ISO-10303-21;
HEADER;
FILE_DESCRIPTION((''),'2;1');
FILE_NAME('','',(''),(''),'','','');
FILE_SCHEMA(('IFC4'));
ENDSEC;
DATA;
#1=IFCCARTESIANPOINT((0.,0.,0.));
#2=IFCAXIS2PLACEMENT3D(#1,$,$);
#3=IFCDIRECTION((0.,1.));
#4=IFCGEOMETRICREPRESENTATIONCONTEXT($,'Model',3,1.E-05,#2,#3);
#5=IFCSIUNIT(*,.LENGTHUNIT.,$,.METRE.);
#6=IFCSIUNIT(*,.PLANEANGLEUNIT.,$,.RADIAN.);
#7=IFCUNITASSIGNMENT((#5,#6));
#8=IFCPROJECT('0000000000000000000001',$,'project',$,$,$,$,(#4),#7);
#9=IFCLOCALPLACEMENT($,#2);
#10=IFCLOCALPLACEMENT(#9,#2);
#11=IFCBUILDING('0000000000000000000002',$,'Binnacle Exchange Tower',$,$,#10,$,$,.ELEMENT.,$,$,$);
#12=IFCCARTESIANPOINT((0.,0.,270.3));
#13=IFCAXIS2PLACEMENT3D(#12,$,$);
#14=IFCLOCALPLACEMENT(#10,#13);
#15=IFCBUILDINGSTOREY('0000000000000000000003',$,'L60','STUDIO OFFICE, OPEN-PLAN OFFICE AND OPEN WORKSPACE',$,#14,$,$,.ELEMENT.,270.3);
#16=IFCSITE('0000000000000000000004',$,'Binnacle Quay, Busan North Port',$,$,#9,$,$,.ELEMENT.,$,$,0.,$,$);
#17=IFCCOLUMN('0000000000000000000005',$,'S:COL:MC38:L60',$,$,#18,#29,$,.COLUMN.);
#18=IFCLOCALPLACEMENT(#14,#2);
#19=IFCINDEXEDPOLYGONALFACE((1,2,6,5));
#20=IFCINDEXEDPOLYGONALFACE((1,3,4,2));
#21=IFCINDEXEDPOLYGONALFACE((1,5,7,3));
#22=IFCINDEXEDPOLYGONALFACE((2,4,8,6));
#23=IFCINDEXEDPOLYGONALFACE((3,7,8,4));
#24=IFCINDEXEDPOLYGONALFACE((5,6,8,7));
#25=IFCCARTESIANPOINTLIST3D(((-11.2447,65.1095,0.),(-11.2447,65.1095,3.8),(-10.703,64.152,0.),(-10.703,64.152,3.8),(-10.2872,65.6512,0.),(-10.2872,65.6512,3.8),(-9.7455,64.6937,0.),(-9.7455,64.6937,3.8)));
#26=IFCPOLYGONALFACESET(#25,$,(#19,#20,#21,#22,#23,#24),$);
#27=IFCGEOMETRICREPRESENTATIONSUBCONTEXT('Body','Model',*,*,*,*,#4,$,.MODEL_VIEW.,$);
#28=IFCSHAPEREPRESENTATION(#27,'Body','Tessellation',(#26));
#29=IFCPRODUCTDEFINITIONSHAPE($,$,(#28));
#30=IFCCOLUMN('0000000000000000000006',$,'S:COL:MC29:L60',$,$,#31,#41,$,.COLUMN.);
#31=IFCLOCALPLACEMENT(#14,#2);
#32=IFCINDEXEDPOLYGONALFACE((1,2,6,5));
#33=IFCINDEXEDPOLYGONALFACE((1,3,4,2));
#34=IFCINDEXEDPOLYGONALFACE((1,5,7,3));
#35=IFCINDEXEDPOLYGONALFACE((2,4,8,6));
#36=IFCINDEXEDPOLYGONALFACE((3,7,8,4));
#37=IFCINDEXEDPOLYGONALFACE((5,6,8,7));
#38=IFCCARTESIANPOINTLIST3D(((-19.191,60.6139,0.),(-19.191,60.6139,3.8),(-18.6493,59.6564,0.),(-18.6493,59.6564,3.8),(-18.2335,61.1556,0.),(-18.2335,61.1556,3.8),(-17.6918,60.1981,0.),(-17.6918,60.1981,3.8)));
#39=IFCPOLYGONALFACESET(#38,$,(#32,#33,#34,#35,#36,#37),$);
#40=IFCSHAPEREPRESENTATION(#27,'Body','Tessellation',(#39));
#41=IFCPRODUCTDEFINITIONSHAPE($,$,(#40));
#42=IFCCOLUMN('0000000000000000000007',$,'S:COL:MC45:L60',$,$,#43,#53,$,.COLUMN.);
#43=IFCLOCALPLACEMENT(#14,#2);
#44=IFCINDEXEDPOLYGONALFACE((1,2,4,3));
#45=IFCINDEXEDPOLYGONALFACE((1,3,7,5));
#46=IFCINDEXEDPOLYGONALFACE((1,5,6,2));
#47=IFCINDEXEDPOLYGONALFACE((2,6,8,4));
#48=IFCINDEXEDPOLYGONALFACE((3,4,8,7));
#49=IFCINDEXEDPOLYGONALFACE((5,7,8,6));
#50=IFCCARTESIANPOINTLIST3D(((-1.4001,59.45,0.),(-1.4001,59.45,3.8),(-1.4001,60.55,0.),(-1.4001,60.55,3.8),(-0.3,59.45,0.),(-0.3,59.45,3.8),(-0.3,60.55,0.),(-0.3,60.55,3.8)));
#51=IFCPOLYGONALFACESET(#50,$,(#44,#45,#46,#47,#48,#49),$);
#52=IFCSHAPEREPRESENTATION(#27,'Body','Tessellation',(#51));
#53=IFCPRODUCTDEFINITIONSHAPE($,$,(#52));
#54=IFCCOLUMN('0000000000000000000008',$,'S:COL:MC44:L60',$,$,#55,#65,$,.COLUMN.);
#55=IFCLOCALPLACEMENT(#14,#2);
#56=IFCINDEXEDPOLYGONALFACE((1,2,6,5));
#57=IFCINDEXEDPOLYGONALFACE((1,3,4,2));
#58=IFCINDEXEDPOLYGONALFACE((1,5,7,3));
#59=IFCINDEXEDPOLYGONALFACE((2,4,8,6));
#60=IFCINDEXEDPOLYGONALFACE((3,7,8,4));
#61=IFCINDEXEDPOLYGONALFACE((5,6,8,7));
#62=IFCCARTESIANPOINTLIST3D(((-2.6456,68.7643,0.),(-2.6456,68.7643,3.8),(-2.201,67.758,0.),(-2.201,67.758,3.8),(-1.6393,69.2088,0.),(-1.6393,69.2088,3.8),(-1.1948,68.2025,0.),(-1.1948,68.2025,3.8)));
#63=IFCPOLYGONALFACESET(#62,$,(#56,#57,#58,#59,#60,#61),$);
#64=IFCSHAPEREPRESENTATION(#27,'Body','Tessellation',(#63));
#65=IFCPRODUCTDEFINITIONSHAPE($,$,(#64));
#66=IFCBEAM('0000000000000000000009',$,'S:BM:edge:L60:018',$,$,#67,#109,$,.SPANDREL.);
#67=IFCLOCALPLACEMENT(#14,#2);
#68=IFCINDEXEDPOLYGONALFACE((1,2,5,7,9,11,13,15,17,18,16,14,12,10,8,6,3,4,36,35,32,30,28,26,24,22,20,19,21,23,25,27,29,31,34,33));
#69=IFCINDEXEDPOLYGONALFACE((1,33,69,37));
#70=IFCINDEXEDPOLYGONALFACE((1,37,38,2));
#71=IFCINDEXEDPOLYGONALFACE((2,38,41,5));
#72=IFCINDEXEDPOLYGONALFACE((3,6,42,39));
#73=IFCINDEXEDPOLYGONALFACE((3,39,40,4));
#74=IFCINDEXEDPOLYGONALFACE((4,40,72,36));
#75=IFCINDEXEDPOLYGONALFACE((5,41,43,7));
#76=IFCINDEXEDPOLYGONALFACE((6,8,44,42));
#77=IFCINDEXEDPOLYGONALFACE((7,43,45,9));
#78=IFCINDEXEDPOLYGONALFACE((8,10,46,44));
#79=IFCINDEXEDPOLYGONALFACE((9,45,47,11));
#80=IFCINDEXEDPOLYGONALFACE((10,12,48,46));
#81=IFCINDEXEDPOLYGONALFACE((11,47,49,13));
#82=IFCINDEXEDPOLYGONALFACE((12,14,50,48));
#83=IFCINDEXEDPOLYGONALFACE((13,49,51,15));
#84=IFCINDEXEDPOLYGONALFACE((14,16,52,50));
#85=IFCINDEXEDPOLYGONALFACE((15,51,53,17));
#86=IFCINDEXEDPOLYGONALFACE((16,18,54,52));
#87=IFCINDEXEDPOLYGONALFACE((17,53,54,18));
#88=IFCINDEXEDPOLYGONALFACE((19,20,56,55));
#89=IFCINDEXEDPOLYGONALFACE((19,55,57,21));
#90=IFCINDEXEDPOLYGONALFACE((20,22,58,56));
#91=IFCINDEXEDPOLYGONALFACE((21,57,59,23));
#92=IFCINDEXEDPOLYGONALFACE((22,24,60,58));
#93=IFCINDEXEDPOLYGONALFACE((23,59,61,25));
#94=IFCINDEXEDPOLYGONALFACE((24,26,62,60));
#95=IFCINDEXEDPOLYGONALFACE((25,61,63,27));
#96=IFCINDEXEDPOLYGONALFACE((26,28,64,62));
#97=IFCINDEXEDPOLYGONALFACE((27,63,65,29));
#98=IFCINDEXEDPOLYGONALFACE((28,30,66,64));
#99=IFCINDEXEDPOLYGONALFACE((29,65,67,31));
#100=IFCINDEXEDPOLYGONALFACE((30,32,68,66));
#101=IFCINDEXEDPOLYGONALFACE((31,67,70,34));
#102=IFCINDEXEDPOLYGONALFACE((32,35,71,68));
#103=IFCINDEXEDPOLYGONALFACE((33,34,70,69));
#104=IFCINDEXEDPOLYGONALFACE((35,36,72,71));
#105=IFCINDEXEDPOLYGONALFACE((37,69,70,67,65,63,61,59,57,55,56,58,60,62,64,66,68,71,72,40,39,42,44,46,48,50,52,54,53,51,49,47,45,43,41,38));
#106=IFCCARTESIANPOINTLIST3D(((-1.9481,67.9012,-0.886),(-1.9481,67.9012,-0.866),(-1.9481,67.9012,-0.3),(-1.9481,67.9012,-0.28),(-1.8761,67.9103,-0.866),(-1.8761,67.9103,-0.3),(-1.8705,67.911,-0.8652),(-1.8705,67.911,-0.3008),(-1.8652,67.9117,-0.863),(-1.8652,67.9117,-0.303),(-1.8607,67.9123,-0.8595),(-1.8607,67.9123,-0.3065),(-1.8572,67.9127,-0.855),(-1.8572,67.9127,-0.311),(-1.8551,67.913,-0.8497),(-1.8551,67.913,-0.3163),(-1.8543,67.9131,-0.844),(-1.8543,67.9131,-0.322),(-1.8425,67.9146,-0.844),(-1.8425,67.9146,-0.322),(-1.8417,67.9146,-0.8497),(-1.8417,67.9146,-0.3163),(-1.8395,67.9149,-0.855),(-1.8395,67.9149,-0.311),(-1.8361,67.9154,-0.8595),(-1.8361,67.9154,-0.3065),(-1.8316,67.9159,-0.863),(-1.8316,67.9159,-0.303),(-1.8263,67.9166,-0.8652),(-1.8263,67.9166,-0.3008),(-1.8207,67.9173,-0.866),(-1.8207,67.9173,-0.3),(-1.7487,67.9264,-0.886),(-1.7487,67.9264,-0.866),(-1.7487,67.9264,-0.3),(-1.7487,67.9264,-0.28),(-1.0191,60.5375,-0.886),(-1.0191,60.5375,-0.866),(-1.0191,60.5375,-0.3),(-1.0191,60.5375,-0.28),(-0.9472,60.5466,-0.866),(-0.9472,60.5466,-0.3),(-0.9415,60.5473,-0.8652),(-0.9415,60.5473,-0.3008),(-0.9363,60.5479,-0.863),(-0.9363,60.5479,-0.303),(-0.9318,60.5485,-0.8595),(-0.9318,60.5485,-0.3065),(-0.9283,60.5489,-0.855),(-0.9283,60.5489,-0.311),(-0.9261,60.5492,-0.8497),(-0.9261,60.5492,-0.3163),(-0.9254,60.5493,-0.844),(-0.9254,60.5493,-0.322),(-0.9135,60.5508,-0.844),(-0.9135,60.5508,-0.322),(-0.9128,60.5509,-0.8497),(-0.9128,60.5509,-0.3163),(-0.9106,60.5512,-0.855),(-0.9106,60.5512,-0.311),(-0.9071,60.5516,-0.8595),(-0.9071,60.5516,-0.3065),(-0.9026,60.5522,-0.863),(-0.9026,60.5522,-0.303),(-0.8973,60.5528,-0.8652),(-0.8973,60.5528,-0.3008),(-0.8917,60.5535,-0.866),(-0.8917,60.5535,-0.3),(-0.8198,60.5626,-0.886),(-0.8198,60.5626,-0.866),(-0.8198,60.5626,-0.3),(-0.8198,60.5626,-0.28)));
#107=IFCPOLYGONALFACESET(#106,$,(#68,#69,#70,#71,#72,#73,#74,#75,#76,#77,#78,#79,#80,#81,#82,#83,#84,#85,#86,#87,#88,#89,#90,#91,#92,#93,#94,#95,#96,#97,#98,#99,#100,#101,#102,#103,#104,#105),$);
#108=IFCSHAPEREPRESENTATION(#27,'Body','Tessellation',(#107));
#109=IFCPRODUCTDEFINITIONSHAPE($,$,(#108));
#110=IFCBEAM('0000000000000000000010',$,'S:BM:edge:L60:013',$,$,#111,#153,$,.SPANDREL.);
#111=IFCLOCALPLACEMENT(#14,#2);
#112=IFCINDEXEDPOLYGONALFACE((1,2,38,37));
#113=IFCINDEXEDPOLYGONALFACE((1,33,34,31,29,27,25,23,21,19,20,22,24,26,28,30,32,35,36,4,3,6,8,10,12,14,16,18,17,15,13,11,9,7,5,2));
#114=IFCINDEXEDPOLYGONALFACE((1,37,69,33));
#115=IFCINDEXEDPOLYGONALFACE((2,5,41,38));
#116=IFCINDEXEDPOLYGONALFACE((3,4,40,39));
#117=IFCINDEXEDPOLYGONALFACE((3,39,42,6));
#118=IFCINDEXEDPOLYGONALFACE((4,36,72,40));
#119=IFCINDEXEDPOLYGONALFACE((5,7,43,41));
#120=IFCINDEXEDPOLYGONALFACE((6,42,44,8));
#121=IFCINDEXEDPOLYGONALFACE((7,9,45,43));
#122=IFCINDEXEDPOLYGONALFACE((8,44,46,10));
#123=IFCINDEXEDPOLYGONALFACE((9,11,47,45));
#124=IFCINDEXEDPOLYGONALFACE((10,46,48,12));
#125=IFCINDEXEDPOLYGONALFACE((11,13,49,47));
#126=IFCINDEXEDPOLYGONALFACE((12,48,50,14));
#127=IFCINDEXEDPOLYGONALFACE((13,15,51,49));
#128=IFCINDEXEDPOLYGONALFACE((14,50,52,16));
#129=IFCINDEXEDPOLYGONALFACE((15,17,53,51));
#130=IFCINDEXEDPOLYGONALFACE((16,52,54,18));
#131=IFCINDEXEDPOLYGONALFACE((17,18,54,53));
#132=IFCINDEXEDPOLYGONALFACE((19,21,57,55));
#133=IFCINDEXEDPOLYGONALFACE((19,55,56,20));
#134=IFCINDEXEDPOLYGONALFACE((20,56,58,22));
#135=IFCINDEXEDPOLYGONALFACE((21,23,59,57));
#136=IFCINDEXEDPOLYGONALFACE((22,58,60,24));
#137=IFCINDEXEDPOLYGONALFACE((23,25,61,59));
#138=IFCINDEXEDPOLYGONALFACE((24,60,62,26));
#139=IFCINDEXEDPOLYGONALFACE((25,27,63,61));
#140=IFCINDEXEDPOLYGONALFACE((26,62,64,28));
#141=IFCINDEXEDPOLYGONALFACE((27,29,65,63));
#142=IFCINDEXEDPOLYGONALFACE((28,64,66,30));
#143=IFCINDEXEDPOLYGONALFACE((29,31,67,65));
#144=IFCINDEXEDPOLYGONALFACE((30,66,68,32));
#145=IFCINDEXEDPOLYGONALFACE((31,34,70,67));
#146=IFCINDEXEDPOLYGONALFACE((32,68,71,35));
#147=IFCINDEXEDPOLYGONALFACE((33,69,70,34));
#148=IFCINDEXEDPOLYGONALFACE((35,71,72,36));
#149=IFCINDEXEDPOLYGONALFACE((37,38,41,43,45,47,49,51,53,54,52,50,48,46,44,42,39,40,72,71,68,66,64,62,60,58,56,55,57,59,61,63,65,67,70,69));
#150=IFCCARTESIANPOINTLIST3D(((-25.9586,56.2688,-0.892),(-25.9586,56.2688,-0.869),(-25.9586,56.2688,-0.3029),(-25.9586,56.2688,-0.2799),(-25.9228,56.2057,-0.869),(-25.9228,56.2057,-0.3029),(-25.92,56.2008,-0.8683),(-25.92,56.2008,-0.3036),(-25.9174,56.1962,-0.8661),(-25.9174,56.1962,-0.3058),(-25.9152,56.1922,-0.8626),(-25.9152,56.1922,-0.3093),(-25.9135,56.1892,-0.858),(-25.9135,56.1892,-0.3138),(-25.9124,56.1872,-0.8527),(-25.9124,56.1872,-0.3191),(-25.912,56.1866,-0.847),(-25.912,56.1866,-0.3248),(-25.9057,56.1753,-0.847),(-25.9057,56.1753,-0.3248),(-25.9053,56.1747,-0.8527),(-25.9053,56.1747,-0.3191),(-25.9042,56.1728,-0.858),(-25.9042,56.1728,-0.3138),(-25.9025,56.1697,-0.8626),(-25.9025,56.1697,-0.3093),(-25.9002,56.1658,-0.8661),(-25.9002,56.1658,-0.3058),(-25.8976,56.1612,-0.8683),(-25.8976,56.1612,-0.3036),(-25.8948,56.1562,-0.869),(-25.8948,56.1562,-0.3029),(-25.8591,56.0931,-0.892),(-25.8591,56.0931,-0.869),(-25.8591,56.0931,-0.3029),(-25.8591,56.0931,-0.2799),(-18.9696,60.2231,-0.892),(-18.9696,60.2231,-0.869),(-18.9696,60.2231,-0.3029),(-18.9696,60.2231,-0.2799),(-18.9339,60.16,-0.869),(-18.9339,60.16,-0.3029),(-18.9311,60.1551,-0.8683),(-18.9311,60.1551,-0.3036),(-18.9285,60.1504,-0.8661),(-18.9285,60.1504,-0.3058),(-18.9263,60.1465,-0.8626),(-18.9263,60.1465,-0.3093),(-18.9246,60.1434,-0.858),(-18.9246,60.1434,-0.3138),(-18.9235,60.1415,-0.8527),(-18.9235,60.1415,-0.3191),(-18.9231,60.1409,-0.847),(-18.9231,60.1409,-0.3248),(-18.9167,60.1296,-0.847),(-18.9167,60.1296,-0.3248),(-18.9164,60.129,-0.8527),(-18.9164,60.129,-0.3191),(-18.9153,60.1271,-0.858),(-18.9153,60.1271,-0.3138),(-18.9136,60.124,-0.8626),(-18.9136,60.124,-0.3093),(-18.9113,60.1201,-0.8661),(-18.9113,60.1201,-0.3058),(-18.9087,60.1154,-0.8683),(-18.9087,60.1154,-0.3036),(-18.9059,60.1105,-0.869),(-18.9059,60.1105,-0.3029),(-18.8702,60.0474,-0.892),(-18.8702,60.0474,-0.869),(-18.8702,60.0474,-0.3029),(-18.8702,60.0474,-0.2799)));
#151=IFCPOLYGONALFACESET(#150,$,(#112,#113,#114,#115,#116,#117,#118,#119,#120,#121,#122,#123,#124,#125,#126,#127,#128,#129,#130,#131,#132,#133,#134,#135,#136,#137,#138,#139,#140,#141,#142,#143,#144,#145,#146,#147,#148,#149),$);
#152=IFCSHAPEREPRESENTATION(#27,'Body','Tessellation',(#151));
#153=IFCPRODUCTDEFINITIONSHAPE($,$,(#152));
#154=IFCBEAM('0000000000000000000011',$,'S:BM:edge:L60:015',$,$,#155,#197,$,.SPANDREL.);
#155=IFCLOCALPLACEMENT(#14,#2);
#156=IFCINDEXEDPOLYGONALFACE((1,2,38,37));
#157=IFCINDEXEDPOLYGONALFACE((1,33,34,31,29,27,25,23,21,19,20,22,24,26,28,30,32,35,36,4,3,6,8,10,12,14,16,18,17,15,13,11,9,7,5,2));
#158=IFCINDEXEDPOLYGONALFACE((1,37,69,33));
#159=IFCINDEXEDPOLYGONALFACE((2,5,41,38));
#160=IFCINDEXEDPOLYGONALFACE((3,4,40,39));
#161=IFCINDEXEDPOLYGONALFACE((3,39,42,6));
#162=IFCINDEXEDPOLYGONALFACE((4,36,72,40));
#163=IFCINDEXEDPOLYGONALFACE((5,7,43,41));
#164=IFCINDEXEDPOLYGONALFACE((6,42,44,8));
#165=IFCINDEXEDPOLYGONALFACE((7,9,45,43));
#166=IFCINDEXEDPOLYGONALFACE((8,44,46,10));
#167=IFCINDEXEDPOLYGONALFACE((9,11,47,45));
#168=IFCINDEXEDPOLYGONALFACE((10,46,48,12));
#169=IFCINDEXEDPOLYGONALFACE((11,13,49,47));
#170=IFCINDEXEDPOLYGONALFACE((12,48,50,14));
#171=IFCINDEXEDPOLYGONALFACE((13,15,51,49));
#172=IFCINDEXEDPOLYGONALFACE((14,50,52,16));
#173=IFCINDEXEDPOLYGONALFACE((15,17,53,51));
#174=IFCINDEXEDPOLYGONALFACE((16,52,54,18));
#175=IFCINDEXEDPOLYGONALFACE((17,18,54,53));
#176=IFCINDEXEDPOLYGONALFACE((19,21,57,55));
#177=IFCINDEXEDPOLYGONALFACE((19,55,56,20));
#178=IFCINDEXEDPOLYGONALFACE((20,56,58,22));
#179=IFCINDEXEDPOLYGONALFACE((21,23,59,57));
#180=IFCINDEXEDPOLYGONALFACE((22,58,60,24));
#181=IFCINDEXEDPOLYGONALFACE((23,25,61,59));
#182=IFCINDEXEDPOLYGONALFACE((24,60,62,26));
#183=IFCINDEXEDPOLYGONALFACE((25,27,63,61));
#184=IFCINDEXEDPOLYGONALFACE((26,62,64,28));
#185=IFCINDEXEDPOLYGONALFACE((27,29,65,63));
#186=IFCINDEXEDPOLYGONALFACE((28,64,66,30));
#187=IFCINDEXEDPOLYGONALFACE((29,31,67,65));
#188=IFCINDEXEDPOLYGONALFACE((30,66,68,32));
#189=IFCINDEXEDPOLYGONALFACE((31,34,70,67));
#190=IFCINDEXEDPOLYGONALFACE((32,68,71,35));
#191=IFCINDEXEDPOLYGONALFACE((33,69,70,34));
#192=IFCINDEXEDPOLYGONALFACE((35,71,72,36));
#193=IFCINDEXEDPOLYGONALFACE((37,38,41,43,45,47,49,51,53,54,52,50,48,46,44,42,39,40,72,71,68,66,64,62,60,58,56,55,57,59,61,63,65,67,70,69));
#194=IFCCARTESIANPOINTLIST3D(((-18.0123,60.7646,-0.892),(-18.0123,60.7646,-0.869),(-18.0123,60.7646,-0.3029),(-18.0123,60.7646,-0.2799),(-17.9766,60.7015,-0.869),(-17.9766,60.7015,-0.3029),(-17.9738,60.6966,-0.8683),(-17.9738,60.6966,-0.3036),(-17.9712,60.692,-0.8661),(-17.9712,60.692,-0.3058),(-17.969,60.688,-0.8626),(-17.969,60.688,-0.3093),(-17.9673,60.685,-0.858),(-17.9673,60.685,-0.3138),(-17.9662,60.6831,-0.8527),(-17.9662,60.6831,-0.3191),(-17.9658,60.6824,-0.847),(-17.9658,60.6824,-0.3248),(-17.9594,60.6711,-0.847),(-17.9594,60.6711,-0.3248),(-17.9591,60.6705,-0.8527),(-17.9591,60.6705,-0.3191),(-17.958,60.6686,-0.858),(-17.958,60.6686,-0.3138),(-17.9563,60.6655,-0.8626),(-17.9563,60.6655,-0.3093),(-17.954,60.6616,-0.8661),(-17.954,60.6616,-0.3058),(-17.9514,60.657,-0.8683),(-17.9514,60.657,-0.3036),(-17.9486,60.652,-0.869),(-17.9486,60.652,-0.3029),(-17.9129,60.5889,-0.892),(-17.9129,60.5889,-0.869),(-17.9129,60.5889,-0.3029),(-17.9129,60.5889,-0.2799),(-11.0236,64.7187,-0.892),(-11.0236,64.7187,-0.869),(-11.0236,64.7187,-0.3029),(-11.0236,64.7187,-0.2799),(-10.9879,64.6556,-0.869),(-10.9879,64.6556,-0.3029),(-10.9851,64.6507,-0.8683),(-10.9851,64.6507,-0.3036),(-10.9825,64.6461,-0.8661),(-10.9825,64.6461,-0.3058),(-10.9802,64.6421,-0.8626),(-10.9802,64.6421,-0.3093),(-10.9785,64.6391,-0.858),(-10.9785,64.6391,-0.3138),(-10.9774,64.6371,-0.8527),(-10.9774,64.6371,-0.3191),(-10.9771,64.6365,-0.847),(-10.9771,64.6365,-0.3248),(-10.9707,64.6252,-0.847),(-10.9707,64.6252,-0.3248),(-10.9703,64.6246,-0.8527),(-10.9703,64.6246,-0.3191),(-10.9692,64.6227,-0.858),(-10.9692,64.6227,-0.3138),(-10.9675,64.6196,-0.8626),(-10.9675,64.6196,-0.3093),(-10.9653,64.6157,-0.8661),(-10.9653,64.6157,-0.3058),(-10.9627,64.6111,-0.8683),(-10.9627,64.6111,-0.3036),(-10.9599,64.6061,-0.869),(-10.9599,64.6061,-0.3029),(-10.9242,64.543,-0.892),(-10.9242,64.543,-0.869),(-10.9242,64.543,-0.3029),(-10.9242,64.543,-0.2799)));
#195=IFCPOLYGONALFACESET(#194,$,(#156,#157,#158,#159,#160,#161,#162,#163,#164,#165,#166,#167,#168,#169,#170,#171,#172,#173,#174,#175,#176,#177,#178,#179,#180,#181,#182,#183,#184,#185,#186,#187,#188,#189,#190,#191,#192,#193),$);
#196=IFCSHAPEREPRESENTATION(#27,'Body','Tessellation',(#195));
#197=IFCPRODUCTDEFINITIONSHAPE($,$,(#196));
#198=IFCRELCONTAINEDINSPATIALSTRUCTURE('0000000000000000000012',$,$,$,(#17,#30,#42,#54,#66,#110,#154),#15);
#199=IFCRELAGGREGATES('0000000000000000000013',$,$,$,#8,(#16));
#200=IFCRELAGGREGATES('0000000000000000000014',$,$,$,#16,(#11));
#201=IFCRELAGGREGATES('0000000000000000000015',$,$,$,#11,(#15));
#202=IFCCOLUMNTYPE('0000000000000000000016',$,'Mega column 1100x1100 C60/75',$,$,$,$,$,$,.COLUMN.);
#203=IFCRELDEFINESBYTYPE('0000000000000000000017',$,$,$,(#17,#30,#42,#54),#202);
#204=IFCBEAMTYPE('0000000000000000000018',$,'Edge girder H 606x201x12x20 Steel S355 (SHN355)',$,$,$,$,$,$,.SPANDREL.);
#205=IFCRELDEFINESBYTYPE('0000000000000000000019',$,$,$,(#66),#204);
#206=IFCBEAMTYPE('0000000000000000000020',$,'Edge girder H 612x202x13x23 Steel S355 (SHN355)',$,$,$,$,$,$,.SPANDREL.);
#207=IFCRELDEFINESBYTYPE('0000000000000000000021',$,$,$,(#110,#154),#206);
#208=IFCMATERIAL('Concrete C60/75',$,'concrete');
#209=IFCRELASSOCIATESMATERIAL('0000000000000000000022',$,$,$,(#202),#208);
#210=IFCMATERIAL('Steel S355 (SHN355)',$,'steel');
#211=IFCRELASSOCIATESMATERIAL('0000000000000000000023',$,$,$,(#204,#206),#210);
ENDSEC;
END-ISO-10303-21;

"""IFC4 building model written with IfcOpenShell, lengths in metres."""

from ifc_helpers import new_model, si_unit, direction, frame, origin, origin_2d, place, context, subcontext, project, spatial, rectangle, i_section, extrude, material, material_profile, profile_set, type_object, element, save


model = new_model("IFC4")

# Units and contexts
model_context = context("Model", 3, precision=1e-05, world=origin(), true_north=direction((0.0, 1.0)))
body_context = subcontext(model_context, "Body", "Model", "MODEL_VIEW")
ifc_project = project(units=[si_unit("LENGTHUNIT", "METRE"), si_unit("PLANEANGLEUNIT", "RADIAN")], contexts=[model_context])

# Site, building, storey
site_placement = place(None, origin())
site = spatial("IfcSite", under=ifc_project, at=site_placement, Name="Binnacle Quay, Busan North Port", CompositionType="ELEMENT", RefElevation=0.0)
building_placement = place(site_placement, origin())
building = spatial("IfcBuilding", under=site, at=building_placement, Name="Binnacle Exchange Tower", CompositionType="ELEMENT")
storey_placement = place(building_placement, frame((0.0, 0.0, 270.3)))
storey = spatial("IfcBuildingStorey", under=building, at=storey_placement, Name="L60", Description="STUDIO OFFICE, OPEN-PLAN OFFICE AND OPEN WORKSPACE", CompositionType="ELEMENT", Elevation=270.3)

# Columns
ifc_material_1 = material(Name="Concrete C60/75", Category="concrete")
ifc_material_profile_1 = material_profile(ifc_material_1, rectangle(XDim=1.1001, YDim=1.1001, at=origin_2d()), Name="Mega column 1100x1100 C60/75")
ifc_profile_set_1 = profile_set([ifc_material_profile_1], Name="Concrete C60/75")
column_type = type_object("IfcColumnType", Name="Mega column 1100x1100 C60/75", PredefinedType="COLUMN", material=ifc_profile_set_1)
for number, where, z_axis, x_axis, name in (
    (1, (-10.4951, 64.9016, 0.0), (0.0, 0.0, 1.0), (-0.870356, -0.492424, 0.0), "S:COL:MC38:L60"),
    (2, (-18.4414, 60.406, 0.0), (0.0, 0.0, 1.0), (-0.870356, -0.492424, 0.0), "S:COL:MC29:L60"),
    (3, (-0.8501, 60.0, 0.0), (0.0, 0.0, 1.0), (0.0, 1.0, 0.0), "S:COL:MC45:L60"),
    (4, (-1.9202, 68.4834, 0.0), (0.0, 0.0, 1.0), (-0.914713, -0.404104, 0.0), "S:COL:MC44:L60"),
):
    element("IfcColumn", number, at=place(storey_placement, frame(where, z_axis=z_axis, x_axis=x_axis)), inside=storey, type_object=column_type, Name=name, PredefinedType="COLUMN", context=body_context, shape_type="SweptSolid", body=[
        extrude(rectangle(XDim=1.1001, YDim=1.1001, at=origin_2d()), origin(), (0.0, 0.0, 1.0), 3.8),
    ])

# Beams
ifc_material_2 = material(Name="Steel S355 (SHN355)", Category="steel")
ifc_material_profile_2 = material_profile(ifc_material_2, i_section(OverallWidth=0.2009, OverallDepth=0.606, WebThickness=0.012, FlangeThickness=0.02, FilletRadius=0.022, at=origin_2d()), Name="H 606x201x12x20")
ifc_profile_set_2 = profile_set([ifc_material_profile_2], Name="Steel S355 (SHN355)")
beam_type_1 = type_object("IfcBeamType", Name="Edge girder H 606x201x12x20 Steel S355 (SHN355)", PredefinedType="SPANDREL", material=ifc_profile_set_2)
beam_1_placement = place(storey_placement, frame((-0.9194, 60.55, -0.583), z_axis=(-0.12516, 0.992137, 0.0), x_axis=(-0.992137, -0.12516, 0.0)))
element("IfcBeam", 5, at=beam_1_placement, inside=storey, type_object=beam_type_1, Name="S:BM:edge:L60:018", PredefinedType="SPANDREL", context=body_context, shape_type="SweptSolid", body=[
    extrude(i_section(OverallWidth=0.2009, OverallDepth=0.606, WebThickness=0.012, FlangeThickness=0.02, FilletRadius=0.022, at=origin_2d()), origin(), (0.0, 0.0, 1.0), 7.4221),
])
ifc_material_profile_3 = material_profile(ifc_material_2, i_section(OverallWidth=0.2019, OverallDepth=0.6121, WebThickness=0.0129, FlangeThickness=0.0229, FilletRadius=0.022, at=origin_2d()), Name="H 612x202x13x23")
ifc_profile_set_3 = profile_set([ifc_material_profile_3], Name="Steel S355 (SHN355)")
beam_type_2 = type_object("IfcBeamType", Name="Edge girder H 612x202x13x23 Steel S355 (SHN355)", PredefinedType="SPANDREL", material=ifc_profile_set_3)
beam_2_placement = place(storey_placement, frame((-18.9199, 60.1353, -0.5859), z_axis=(-0.870348, -0.492438, 0.0), x_axis=(0.492438, -0.870348, 0.0)))
element("IfcBeam", 6, at=beam_2_placement, inside=storey, type_object=beam_type_2, Name="S:BM:edge:L60:013", PredefinedType="SPANDREL", context=body_context, shape_type="SweptSolid", body=[
    extrude(i_section(OverallWidth=0.2019, OverallDepth=0.6121, WebThickness=0.0129, FlangeThickness=0.0229, FilletRadius=0.022, at=origin_2d()), origin(), (0.0, 0.0, 1.0), 8.03),
])
beam_3_placement = place(storey_placement, frame((-10.9739, 64.6309, -0.5859), z_axis=(-0.870353, -0.492428, 0.0), x_axis=(0.492428, -0.870353, 0.0)))
element("IfcBeam", 7, at=beam_3_placement, inside=storey, type_object=beam_type_2, Name="S:BM:edge:L60:015", PredefinedType="SPANDREL", context=body_context, shape_type="SweptSolid", body=[
    extrude(i_section(OverallWidth=0.2019, OverallDepth=0.6121, WebThickness=0.0129, FlangeThickness=0.0229, FilletRadius=0.022, at=origin_2d()), origin(), (0.0, 0.0, 1.0), 8.0298),
])

save(model, "model.ifc")
